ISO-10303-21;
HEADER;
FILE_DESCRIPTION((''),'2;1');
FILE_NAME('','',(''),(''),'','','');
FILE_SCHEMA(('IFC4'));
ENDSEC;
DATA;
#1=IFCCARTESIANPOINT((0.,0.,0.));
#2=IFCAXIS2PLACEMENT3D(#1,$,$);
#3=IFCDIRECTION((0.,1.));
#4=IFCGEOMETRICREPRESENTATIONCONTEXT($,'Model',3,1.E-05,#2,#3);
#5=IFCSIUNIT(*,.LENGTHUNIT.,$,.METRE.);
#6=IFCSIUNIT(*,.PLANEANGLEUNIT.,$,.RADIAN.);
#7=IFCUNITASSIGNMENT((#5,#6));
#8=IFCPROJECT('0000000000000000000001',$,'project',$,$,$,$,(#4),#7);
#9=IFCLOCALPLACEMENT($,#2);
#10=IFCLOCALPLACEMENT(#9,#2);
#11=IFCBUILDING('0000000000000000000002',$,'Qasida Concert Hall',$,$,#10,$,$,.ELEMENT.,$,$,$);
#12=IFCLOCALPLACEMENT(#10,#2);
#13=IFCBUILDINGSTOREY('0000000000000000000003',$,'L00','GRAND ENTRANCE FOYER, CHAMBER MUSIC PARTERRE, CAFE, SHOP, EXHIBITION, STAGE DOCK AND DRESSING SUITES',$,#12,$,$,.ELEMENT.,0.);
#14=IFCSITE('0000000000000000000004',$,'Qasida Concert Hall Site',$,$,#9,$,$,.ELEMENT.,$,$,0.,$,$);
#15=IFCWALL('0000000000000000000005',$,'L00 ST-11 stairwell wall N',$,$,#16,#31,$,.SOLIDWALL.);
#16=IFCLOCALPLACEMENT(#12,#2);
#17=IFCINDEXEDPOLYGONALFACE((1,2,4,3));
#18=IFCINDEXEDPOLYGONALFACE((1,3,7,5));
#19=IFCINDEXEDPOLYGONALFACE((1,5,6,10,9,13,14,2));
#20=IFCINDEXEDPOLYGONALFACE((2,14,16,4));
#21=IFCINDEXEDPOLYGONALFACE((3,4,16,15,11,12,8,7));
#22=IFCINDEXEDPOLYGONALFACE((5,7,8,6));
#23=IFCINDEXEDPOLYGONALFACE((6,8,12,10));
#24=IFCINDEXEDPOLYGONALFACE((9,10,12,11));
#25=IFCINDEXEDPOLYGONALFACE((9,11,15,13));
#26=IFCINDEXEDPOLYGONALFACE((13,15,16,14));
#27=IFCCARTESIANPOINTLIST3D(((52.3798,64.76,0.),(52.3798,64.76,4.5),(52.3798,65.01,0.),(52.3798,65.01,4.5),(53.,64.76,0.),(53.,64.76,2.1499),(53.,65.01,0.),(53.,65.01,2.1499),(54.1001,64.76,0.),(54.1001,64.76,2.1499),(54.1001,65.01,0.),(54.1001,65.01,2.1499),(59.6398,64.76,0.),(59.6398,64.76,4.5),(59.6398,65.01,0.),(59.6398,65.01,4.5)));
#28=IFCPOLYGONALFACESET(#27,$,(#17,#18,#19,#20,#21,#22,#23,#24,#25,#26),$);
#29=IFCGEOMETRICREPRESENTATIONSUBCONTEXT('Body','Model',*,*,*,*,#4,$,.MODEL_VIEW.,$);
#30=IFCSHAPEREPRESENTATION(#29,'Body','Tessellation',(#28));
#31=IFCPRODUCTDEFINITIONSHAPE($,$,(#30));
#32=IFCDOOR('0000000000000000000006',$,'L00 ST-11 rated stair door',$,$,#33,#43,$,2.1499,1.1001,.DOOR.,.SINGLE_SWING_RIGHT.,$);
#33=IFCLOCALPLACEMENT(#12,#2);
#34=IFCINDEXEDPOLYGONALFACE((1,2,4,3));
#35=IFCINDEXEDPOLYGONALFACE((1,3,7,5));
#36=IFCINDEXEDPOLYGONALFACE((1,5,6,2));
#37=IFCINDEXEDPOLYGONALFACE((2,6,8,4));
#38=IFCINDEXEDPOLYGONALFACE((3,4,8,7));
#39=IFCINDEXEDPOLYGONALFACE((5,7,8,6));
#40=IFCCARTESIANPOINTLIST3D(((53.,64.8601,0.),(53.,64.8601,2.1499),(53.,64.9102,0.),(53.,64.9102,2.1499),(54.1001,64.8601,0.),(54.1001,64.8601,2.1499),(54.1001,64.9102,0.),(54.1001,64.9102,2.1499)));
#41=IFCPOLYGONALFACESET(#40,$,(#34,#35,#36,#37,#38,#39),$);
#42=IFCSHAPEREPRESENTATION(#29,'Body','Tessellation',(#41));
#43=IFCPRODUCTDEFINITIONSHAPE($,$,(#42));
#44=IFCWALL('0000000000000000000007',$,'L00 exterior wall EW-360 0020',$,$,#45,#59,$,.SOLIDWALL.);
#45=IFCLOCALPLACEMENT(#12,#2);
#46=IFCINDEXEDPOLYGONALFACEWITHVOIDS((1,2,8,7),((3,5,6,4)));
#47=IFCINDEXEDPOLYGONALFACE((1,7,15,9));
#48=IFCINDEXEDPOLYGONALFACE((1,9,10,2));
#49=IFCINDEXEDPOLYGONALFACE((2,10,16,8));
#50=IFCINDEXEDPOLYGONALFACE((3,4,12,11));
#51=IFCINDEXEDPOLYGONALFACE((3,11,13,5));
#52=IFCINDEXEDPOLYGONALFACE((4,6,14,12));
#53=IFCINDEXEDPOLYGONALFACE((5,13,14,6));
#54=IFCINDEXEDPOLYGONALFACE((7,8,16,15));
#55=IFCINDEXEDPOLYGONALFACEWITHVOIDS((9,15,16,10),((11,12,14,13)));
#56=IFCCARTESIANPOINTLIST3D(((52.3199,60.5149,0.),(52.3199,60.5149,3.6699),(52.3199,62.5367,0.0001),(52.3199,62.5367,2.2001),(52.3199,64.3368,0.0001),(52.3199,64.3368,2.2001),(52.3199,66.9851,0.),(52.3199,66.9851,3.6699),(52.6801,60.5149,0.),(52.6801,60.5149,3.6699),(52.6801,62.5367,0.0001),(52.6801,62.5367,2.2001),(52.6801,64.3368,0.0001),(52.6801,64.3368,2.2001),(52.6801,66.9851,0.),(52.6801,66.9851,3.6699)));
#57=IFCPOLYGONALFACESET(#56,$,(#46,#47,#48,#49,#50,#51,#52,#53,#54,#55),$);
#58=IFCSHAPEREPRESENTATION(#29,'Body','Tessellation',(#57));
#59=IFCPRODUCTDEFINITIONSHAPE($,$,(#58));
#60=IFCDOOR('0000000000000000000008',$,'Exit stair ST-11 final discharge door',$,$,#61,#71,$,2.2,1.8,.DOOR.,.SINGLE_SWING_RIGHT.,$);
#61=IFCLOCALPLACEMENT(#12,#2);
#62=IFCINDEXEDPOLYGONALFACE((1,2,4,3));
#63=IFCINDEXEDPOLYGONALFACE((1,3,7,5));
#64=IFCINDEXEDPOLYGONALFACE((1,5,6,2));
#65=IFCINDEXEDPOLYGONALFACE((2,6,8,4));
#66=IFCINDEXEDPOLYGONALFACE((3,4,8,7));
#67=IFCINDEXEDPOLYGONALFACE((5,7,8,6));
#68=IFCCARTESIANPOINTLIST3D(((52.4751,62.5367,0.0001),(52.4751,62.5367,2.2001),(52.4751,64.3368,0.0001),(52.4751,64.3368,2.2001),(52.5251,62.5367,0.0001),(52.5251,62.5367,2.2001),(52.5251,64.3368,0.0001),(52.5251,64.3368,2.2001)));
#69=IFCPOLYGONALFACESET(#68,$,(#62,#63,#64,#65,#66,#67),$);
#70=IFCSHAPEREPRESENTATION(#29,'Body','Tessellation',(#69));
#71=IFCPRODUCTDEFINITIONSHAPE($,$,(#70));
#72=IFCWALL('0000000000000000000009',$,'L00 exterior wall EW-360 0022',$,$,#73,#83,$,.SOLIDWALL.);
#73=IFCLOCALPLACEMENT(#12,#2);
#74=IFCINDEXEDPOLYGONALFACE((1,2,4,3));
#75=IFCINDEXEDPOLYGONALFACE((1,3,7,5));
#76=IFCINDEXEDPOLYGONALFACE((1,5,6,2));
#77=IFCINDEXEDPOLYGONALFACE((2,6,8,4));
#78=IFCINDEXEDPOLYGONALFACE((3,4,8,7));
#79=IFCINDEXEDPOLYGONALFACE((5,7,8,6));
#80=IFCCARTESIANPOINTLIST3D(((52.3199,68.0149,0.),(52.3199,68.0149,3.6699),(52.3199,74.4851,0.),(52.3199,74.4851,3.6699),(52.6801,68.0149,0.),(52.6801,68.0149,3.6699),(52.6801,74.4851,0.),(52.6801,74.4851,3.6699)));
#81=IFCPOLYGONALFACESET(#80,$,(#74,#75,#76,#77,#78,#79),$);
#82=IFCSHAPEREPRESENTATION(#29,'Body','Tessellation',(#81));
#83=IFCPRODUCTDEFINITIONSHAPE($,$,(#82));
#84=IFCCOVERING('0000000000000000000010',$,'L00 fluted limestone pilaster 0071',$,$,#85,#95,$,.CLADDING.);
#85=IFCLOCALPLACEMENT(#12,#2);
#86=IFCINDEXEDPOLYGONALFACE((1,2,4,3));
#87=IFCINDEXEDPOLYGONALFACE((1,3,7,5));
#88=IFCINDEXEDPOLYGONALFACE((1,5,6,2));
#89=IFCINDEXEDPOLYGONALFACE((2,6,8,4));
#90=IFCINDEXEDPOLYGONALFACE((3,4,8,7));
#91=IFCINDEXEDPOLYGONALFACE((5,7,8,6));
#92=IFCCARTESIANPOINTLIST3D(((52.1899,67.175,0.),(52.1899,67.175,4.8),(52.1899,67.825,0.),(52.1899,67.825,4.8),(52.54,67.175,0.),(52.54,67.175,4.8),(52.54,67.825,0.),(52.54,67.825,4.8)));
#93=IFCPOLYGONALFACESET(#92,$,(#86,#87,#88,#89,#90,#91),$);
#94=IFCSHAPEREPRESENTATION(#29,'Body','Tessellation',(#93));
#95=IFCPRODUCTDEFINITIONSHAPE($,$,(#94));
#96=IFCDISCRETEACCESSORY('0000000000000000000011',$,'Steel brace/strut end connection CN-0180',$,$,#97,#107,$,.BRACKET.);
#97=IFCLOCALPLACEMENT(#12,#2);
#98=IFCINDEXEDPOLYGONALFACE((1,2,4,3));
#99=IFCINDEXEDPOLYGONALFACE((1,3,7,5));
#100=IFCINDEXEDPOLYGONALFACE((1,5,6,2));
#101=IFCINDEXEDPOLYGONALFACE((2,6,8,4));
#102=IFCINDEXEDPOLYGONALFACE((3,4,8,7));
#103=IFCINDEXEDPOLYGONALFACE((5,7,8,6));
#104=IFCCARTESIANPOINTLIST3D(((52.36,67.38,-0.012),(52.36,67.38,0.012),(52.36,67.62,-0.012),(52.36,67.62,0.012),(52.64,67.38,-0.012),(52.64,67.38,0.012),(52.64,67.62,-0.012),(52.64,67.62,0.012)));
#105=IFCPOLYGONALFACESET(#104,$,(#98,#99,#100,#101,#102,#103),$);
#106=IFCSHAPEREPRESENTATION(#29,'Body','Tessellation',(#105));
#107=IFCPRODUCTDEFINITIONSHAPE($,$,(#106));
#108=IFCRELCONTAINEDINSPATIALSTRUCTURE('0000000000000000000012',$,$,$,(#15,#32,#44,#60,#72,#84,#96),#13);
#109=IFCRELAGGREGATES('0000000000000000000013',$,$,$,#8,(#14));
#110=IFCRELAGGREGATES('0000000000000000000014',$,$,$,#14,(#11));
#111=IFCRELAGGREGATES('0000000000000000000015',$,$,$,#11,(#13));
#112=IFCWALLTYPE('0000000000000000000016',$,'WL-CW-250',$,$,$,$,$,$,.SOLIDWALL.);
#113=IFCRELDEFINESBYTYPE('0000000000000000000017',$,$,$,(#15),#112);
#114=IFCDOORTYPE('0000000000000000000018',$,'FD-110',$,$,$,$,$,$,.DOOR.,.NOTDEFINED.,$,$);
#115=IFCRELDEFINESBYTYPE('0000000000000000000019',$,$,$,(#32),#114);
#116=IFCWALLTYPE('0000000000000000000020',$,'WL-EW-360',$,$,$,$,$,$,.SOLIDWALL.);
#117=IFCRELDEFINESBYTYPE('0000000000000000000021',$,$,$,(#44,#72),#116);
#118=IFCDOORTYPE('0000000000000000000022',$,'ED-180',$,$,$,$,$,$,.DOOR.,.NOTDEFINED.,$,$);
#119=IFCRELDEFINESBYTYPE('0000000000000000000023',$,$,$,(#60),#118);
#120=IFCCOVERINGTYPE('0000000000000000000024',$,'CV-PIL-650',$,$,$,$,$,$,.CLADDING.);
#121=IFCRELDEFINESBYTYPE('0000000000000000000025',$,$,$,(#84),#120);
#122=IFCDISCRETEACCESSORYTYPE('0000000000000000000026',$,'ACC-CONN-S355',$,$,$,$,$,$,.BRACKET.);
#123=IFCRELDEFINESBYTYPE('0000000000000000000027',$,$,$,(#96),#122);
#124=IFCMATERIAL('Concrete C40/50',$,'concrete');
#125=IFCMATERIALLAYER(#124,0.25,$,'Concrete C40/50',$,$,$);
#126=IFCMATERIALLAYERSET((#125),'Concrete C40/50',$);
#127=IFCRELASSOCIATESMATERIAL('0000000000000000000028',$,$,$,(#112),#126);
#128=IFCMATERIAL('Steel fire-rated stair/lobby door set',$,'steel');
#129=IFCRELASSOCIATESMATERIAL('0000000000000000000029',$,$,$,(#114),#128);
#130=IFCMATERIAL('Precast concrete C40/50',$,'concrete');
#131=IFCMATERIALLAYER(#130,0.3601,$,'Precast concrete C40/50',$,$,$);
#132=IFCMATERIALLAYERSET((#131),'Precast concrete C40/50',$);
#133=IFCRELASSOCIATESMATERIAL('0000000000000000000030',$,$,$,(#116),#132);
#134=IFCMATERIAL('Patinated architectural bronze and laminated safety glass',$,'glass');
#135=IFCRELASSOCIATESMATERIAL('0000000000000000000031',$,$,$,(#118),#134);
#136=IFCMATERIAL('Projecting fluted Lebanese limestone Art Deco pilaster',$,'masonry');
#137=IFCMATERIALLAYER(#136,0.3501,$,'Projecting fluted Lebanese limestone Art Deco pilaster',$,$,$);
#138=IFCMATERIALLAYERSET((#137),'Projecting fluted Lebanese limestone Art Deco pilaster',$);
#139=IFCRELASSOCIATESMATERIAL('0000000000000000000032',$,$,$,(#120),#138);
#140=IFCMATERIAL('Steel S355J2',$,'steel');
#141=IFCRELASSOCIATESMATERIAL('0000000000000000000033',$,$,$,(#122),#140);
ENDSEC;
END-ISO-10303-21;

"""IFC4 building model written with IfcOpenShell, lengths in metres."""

from ifc_helpers import new_model, si_unit, direction, frame, frame_2d, origin, origin_2d, place, context, subcontext, project, spatial, rectangle, extrude, material, layer, layer_set, type_object, element, fill, save


model = new_model("IFC4")

# Units and contexts
model_context = context("Model", 3, precision=1e-05, world=origin(), true_north=direction((0.0, 1.0)))
body_context = subcontext(model_context, "Body", "Model", "MODEL_VIEW")
ifc_project = project(units=[si_unit("LENGTHUNIT", "METRE"), si_unit("PLANEANGLEUNIT", "RADIAN")], contexts=[model_context])

# Site, building, storey
site_placement = place(None, origin())
site = spatial("IfcSite", under=ifc_project, at=site_placement, Name="Qasida Concert Hall Site", CompositionType="ELEMENT", RefElevation=0.0)
building_placement = place(site_placement, origin())
building = spatial("IfcBuilding", under=site, at=building_placement, Name="Qasida Concert Hall", CompositionType="ELEMENT")
storey_placement = place(building_placement, origin())
storey = spatial("IfcBuildingStorey", under=building, at=storey_placement, Name="L00", Description="GRAND ENTRANCE FOYER, CHAMBER MUSIC PARTERRE, CAFE, SHOP, EXHIBITION, STAGE DOCK AND DRESSING SUITES", CompositionType="ELEMENT", Elevation=0.0)

# Shared definitions
ifc_material_1 = material(Name="Concrete C40/50", Category="concrete")

# Shared definitions
ifc_material_2 = material(Name="Steel S355J2", Category="steel")

# Walls, openings, doors
ifc_layer_1 = layer(ifc_material_1, 0.25, Name="Concrete C40/50")
ifc_layer_set_1 = layer_set([ifc_layer_1], Name="Concrete C40/50")
wall_type_1 = type_object("IfcWallType", Name="WL-CW-250", PredefinedType="SOLIDWALL", material=ifc_layer_set_1)
ifc_material_3 = material(Name="Steel fire-rated stair/lobby door set", Category="steel")
door_type_1 = type_object("IfcDoorType", Name="FD-110", OperationType="NOTDEFINED", PredefinedType="DOOR", material=ifc_material_3)
wall_1_placement = place(storey_placement, frame((52.3799, 64.885, 0.0), z_axis=(0.0, 0.0, 1.0), x_axis=(1.0, 0.0, 0.0)))
wall_1 = element("IfcWall", 1, at=wall_1_placement, inside=storey, type_object=wall_type_1, Name="L00 ST-11 stairwell wall N", PredefinedType="SOLIDWALL", context=body_context, shape_type="SweptSolid", body=[
    extrude(rectangle(XDim=7.26, YDim=0.25, at=frame_2d((3.6299, 0.0))), origin(), (0.0, 0.0, 1.0), 4.5),
])
opening_1_placement = place(wall_1_placement, frame((0.6201, 0.0, 0.0)))
opening_1 = element("IfcOpeningElement", 2, at=opening_1_placement, cuts=wall_1, PredefinedType="OPENING", context=body_context, shape_type="SweptSolid", body=[
    extrude(rectangle(XDim=1.1001, YDim=2.1499, at=frame_2d((0.55, 1.075))), frame((0.0, 0.135, 0.0), z_axis=(0.0, -1.0, 0.0), x_axis=(1.0, 0.0, 0.0)), (0.0, 0.0, 1.0), 0.27),
])
door_1_placement = place(opening_1_placement, frame((1.1001, 0.0, 0.0), z_axis=(0.0, 0.0, 1.0), x_axis=(-1.0, 0.0, 0.0)))
door_1 = element("IfcDoor", 3, at=door_1_placement, inside=storey, type_object=door_type_1, Name="L00 ST-11 rated stair door", OperationType="SINGLE_SWING_RIGHT", OverallHeight=2.1499, OverallWidth=1.1001, PredefinedType="DOOR", context=body_context, shape_type="SweptSolid", body=[
    extrude(rectangle(XDim=1.1001, YDim=2.1499, at=frame_2d((0.55, 1.075))), frame((0.0, 0.0249, 0.0), z_axis=(0.0, -1.0, 0.0), x_axis=(1.0, 0.0, 0.0)), (0.0, 0.0, 1.0), 0.05),
])
fill(opening_1, door_1)
ifc_material_4 = material(Name="Precast concrete C40/50", Category="concrete")
ifc_layer_2 = layer(ifc_material_4, 0.3601, Name="Precast concrete C40/50")
ifc_layer_set_2 = layer_set([ifc_layer_2], Name="Precast concrete C40/50")
wall_type_2 = type_object("IfcWallType", Name="WL-EW-360", PredefinedType="SOLIDWALL", material=ifc_layer_set_2)
wall_2_placement = place(storey_placement, frame((52.5, 60.5149, 0.0), z_axis=(0.0, 0.0, 1.0), x_axis=(0.0, 1.0, 0.0)))
wall_2 = element("IfcWall", 4, at=wall_2_placement, inside=storey, type_object=wall_type_2, Name="L00 exterior wall EW-360 0020", PredefinedType="SOLIDWALL", context=body_context, shape_type="SweptSolid", body=[
    extrude(rectangle(XDim=6.4702, YDim=0.3601, at=frame_2d((3.2351, 0.0))), origin(), (0.0, 0.0, 1.0), 3.6699),
])
opening_2_placement = place(wall_2_placement, frame((2.022, 0.0, 0.0)))
opening_2 = element("IfcOpeningElement", 5, at=opening_2_placement, cuts=wall_2, PredefinedType="OPENING", context=body_context, shape_type="SweptSolid", body=[
    extrude(rectangle(XDim=1.8, YDim=2.2, at=frame_2d((0.8999, 1.1001))), frame((0.0, 0.1899, 0.0), z_axis=(0.0, -1.0, 0.0), x_axis=(1.0, 0.0, 0.0)), (0.0, 0.0, 1.0), 0.3801),
])
ifc_material_5 = material(Name="Patinated architectural bronze and laminated safety glass", Category="glass")
door_type_2 = type_object("IfcDoorType", Name="ED-180", OperationType="NOTDEFINED", PredefinedType="DOOR", material=ifc_material_5)
door_2_placement = place(opening_2_placement, origin())
door_2 = element("IfcDoor", 6, at=door_2_placement, inside=storey, type_object=door_type_2, Name="Exit stair ST-11 final discharge door", OperationType="SINGLE_SWING_RIGHT", OverallHeight=2.2, OverallWidth=1.8, PredefinedType="DOOR", context=body_context, shape_type="SweptSolid", body=[
    extrude(rectangle(XDim=1.8, YDim=2.2, at=frame_2d((0.8999, 1.1001))), frame((0.0, 0.0249, 0.0), z_axis=(0.0, -1.0, 0.0), x_axis=(1.0, 0.0, 0.0)), (0.0, 0.0, 1.0), 0.05),
])
fill(opening_2, door_2)

# Wall
wall_3_placement = place(storey_placement, frame((52.5, 68.0149, 0.0), z_axis=(0.0, 0.0, 1.0), x_axis=(0.0, 1.0, 0.0)))
element("IfcWall", 7, at=wall_3_placement, inside=storey, type_object=wall_type_2, Name="L00 exterior wall EW-360 0022", PredefinedType="SOLIDWALL", context=body_context, shape_type="SweptSolid", body=[
    extrude(rectangle(XDim=6.4702, YDim=0.3601, at=frame_2d((3.2351, 0.0))), origin(), (0.0, 0.0, 1.0), 3.6699),
])

# Covering
ifc_material_6 = material(Name="Projecting fluted Lebanese limestone Art Deco pilaster", Category="masonry")
ifc_layer_3 = layer(ifc_material_6, 0.3501, Name="Projecting fluted Lebanese limestone Art Deco pilaster")
ifc_layer_set_3 = layer_set([ifc_layer_3], Name="Projecting fluted Lebanese limestone Art Deco pilaster")
covering_type = type_object("IfcCoveringType", Name="CV-PIL-650", PredefinedType="CLADDING", material=ifc_layer_set_3)
covering_placement = place(storey_placement, frame((52.365, 67.5, 0.0), z_axis=(0.0, 0.0, 1.0), x_axis=(1.0, 0.0, 0.0)))
element("IfcCovering", 8, at=covering_placement, inside=storey, type_object=covering_type, Name="L00 fluted limestone pilaster 0071", PredefinedType="CLADDING", context=body_context, shape_type="SweptSolid", body=[
    extrude(rectangle(XDim=0.3501, YDim=0.6499, at=origin_2d()), origin(), (0.0, 0.0, 1.0), 4.8),
])

# Discrete accessory
discrete_accessory_type = type_object("IfcDiscreteAccessoryType", Name="ACC-CONN-S355", PredefinedType="BRACKET", material=ifc_material_2)
discrete_accessory_placement = place(storey_placement, frame((52.5, 67.5, -0.012), z_axis=(0.0, 0.0, 1.0), x_axis=(1.0, 0.0, 0.0)))
element("IfcDiscreteAccessory", 9, at=discrete_accessory_placement, inside=storey, type_object=discrete_accessory_type, Name="Steel brace/strut end connection CN-0180", PredefinedType="BRACKET", context=body_context, shape_type="SweptSolid", body=[
    extrude(rectangle(XDim=0.28, YDim=0.24, at=origin_2d()), origin(), (0.0, 0.0, 1.0), 0.0239),
])

save(model, "model.ifc")
